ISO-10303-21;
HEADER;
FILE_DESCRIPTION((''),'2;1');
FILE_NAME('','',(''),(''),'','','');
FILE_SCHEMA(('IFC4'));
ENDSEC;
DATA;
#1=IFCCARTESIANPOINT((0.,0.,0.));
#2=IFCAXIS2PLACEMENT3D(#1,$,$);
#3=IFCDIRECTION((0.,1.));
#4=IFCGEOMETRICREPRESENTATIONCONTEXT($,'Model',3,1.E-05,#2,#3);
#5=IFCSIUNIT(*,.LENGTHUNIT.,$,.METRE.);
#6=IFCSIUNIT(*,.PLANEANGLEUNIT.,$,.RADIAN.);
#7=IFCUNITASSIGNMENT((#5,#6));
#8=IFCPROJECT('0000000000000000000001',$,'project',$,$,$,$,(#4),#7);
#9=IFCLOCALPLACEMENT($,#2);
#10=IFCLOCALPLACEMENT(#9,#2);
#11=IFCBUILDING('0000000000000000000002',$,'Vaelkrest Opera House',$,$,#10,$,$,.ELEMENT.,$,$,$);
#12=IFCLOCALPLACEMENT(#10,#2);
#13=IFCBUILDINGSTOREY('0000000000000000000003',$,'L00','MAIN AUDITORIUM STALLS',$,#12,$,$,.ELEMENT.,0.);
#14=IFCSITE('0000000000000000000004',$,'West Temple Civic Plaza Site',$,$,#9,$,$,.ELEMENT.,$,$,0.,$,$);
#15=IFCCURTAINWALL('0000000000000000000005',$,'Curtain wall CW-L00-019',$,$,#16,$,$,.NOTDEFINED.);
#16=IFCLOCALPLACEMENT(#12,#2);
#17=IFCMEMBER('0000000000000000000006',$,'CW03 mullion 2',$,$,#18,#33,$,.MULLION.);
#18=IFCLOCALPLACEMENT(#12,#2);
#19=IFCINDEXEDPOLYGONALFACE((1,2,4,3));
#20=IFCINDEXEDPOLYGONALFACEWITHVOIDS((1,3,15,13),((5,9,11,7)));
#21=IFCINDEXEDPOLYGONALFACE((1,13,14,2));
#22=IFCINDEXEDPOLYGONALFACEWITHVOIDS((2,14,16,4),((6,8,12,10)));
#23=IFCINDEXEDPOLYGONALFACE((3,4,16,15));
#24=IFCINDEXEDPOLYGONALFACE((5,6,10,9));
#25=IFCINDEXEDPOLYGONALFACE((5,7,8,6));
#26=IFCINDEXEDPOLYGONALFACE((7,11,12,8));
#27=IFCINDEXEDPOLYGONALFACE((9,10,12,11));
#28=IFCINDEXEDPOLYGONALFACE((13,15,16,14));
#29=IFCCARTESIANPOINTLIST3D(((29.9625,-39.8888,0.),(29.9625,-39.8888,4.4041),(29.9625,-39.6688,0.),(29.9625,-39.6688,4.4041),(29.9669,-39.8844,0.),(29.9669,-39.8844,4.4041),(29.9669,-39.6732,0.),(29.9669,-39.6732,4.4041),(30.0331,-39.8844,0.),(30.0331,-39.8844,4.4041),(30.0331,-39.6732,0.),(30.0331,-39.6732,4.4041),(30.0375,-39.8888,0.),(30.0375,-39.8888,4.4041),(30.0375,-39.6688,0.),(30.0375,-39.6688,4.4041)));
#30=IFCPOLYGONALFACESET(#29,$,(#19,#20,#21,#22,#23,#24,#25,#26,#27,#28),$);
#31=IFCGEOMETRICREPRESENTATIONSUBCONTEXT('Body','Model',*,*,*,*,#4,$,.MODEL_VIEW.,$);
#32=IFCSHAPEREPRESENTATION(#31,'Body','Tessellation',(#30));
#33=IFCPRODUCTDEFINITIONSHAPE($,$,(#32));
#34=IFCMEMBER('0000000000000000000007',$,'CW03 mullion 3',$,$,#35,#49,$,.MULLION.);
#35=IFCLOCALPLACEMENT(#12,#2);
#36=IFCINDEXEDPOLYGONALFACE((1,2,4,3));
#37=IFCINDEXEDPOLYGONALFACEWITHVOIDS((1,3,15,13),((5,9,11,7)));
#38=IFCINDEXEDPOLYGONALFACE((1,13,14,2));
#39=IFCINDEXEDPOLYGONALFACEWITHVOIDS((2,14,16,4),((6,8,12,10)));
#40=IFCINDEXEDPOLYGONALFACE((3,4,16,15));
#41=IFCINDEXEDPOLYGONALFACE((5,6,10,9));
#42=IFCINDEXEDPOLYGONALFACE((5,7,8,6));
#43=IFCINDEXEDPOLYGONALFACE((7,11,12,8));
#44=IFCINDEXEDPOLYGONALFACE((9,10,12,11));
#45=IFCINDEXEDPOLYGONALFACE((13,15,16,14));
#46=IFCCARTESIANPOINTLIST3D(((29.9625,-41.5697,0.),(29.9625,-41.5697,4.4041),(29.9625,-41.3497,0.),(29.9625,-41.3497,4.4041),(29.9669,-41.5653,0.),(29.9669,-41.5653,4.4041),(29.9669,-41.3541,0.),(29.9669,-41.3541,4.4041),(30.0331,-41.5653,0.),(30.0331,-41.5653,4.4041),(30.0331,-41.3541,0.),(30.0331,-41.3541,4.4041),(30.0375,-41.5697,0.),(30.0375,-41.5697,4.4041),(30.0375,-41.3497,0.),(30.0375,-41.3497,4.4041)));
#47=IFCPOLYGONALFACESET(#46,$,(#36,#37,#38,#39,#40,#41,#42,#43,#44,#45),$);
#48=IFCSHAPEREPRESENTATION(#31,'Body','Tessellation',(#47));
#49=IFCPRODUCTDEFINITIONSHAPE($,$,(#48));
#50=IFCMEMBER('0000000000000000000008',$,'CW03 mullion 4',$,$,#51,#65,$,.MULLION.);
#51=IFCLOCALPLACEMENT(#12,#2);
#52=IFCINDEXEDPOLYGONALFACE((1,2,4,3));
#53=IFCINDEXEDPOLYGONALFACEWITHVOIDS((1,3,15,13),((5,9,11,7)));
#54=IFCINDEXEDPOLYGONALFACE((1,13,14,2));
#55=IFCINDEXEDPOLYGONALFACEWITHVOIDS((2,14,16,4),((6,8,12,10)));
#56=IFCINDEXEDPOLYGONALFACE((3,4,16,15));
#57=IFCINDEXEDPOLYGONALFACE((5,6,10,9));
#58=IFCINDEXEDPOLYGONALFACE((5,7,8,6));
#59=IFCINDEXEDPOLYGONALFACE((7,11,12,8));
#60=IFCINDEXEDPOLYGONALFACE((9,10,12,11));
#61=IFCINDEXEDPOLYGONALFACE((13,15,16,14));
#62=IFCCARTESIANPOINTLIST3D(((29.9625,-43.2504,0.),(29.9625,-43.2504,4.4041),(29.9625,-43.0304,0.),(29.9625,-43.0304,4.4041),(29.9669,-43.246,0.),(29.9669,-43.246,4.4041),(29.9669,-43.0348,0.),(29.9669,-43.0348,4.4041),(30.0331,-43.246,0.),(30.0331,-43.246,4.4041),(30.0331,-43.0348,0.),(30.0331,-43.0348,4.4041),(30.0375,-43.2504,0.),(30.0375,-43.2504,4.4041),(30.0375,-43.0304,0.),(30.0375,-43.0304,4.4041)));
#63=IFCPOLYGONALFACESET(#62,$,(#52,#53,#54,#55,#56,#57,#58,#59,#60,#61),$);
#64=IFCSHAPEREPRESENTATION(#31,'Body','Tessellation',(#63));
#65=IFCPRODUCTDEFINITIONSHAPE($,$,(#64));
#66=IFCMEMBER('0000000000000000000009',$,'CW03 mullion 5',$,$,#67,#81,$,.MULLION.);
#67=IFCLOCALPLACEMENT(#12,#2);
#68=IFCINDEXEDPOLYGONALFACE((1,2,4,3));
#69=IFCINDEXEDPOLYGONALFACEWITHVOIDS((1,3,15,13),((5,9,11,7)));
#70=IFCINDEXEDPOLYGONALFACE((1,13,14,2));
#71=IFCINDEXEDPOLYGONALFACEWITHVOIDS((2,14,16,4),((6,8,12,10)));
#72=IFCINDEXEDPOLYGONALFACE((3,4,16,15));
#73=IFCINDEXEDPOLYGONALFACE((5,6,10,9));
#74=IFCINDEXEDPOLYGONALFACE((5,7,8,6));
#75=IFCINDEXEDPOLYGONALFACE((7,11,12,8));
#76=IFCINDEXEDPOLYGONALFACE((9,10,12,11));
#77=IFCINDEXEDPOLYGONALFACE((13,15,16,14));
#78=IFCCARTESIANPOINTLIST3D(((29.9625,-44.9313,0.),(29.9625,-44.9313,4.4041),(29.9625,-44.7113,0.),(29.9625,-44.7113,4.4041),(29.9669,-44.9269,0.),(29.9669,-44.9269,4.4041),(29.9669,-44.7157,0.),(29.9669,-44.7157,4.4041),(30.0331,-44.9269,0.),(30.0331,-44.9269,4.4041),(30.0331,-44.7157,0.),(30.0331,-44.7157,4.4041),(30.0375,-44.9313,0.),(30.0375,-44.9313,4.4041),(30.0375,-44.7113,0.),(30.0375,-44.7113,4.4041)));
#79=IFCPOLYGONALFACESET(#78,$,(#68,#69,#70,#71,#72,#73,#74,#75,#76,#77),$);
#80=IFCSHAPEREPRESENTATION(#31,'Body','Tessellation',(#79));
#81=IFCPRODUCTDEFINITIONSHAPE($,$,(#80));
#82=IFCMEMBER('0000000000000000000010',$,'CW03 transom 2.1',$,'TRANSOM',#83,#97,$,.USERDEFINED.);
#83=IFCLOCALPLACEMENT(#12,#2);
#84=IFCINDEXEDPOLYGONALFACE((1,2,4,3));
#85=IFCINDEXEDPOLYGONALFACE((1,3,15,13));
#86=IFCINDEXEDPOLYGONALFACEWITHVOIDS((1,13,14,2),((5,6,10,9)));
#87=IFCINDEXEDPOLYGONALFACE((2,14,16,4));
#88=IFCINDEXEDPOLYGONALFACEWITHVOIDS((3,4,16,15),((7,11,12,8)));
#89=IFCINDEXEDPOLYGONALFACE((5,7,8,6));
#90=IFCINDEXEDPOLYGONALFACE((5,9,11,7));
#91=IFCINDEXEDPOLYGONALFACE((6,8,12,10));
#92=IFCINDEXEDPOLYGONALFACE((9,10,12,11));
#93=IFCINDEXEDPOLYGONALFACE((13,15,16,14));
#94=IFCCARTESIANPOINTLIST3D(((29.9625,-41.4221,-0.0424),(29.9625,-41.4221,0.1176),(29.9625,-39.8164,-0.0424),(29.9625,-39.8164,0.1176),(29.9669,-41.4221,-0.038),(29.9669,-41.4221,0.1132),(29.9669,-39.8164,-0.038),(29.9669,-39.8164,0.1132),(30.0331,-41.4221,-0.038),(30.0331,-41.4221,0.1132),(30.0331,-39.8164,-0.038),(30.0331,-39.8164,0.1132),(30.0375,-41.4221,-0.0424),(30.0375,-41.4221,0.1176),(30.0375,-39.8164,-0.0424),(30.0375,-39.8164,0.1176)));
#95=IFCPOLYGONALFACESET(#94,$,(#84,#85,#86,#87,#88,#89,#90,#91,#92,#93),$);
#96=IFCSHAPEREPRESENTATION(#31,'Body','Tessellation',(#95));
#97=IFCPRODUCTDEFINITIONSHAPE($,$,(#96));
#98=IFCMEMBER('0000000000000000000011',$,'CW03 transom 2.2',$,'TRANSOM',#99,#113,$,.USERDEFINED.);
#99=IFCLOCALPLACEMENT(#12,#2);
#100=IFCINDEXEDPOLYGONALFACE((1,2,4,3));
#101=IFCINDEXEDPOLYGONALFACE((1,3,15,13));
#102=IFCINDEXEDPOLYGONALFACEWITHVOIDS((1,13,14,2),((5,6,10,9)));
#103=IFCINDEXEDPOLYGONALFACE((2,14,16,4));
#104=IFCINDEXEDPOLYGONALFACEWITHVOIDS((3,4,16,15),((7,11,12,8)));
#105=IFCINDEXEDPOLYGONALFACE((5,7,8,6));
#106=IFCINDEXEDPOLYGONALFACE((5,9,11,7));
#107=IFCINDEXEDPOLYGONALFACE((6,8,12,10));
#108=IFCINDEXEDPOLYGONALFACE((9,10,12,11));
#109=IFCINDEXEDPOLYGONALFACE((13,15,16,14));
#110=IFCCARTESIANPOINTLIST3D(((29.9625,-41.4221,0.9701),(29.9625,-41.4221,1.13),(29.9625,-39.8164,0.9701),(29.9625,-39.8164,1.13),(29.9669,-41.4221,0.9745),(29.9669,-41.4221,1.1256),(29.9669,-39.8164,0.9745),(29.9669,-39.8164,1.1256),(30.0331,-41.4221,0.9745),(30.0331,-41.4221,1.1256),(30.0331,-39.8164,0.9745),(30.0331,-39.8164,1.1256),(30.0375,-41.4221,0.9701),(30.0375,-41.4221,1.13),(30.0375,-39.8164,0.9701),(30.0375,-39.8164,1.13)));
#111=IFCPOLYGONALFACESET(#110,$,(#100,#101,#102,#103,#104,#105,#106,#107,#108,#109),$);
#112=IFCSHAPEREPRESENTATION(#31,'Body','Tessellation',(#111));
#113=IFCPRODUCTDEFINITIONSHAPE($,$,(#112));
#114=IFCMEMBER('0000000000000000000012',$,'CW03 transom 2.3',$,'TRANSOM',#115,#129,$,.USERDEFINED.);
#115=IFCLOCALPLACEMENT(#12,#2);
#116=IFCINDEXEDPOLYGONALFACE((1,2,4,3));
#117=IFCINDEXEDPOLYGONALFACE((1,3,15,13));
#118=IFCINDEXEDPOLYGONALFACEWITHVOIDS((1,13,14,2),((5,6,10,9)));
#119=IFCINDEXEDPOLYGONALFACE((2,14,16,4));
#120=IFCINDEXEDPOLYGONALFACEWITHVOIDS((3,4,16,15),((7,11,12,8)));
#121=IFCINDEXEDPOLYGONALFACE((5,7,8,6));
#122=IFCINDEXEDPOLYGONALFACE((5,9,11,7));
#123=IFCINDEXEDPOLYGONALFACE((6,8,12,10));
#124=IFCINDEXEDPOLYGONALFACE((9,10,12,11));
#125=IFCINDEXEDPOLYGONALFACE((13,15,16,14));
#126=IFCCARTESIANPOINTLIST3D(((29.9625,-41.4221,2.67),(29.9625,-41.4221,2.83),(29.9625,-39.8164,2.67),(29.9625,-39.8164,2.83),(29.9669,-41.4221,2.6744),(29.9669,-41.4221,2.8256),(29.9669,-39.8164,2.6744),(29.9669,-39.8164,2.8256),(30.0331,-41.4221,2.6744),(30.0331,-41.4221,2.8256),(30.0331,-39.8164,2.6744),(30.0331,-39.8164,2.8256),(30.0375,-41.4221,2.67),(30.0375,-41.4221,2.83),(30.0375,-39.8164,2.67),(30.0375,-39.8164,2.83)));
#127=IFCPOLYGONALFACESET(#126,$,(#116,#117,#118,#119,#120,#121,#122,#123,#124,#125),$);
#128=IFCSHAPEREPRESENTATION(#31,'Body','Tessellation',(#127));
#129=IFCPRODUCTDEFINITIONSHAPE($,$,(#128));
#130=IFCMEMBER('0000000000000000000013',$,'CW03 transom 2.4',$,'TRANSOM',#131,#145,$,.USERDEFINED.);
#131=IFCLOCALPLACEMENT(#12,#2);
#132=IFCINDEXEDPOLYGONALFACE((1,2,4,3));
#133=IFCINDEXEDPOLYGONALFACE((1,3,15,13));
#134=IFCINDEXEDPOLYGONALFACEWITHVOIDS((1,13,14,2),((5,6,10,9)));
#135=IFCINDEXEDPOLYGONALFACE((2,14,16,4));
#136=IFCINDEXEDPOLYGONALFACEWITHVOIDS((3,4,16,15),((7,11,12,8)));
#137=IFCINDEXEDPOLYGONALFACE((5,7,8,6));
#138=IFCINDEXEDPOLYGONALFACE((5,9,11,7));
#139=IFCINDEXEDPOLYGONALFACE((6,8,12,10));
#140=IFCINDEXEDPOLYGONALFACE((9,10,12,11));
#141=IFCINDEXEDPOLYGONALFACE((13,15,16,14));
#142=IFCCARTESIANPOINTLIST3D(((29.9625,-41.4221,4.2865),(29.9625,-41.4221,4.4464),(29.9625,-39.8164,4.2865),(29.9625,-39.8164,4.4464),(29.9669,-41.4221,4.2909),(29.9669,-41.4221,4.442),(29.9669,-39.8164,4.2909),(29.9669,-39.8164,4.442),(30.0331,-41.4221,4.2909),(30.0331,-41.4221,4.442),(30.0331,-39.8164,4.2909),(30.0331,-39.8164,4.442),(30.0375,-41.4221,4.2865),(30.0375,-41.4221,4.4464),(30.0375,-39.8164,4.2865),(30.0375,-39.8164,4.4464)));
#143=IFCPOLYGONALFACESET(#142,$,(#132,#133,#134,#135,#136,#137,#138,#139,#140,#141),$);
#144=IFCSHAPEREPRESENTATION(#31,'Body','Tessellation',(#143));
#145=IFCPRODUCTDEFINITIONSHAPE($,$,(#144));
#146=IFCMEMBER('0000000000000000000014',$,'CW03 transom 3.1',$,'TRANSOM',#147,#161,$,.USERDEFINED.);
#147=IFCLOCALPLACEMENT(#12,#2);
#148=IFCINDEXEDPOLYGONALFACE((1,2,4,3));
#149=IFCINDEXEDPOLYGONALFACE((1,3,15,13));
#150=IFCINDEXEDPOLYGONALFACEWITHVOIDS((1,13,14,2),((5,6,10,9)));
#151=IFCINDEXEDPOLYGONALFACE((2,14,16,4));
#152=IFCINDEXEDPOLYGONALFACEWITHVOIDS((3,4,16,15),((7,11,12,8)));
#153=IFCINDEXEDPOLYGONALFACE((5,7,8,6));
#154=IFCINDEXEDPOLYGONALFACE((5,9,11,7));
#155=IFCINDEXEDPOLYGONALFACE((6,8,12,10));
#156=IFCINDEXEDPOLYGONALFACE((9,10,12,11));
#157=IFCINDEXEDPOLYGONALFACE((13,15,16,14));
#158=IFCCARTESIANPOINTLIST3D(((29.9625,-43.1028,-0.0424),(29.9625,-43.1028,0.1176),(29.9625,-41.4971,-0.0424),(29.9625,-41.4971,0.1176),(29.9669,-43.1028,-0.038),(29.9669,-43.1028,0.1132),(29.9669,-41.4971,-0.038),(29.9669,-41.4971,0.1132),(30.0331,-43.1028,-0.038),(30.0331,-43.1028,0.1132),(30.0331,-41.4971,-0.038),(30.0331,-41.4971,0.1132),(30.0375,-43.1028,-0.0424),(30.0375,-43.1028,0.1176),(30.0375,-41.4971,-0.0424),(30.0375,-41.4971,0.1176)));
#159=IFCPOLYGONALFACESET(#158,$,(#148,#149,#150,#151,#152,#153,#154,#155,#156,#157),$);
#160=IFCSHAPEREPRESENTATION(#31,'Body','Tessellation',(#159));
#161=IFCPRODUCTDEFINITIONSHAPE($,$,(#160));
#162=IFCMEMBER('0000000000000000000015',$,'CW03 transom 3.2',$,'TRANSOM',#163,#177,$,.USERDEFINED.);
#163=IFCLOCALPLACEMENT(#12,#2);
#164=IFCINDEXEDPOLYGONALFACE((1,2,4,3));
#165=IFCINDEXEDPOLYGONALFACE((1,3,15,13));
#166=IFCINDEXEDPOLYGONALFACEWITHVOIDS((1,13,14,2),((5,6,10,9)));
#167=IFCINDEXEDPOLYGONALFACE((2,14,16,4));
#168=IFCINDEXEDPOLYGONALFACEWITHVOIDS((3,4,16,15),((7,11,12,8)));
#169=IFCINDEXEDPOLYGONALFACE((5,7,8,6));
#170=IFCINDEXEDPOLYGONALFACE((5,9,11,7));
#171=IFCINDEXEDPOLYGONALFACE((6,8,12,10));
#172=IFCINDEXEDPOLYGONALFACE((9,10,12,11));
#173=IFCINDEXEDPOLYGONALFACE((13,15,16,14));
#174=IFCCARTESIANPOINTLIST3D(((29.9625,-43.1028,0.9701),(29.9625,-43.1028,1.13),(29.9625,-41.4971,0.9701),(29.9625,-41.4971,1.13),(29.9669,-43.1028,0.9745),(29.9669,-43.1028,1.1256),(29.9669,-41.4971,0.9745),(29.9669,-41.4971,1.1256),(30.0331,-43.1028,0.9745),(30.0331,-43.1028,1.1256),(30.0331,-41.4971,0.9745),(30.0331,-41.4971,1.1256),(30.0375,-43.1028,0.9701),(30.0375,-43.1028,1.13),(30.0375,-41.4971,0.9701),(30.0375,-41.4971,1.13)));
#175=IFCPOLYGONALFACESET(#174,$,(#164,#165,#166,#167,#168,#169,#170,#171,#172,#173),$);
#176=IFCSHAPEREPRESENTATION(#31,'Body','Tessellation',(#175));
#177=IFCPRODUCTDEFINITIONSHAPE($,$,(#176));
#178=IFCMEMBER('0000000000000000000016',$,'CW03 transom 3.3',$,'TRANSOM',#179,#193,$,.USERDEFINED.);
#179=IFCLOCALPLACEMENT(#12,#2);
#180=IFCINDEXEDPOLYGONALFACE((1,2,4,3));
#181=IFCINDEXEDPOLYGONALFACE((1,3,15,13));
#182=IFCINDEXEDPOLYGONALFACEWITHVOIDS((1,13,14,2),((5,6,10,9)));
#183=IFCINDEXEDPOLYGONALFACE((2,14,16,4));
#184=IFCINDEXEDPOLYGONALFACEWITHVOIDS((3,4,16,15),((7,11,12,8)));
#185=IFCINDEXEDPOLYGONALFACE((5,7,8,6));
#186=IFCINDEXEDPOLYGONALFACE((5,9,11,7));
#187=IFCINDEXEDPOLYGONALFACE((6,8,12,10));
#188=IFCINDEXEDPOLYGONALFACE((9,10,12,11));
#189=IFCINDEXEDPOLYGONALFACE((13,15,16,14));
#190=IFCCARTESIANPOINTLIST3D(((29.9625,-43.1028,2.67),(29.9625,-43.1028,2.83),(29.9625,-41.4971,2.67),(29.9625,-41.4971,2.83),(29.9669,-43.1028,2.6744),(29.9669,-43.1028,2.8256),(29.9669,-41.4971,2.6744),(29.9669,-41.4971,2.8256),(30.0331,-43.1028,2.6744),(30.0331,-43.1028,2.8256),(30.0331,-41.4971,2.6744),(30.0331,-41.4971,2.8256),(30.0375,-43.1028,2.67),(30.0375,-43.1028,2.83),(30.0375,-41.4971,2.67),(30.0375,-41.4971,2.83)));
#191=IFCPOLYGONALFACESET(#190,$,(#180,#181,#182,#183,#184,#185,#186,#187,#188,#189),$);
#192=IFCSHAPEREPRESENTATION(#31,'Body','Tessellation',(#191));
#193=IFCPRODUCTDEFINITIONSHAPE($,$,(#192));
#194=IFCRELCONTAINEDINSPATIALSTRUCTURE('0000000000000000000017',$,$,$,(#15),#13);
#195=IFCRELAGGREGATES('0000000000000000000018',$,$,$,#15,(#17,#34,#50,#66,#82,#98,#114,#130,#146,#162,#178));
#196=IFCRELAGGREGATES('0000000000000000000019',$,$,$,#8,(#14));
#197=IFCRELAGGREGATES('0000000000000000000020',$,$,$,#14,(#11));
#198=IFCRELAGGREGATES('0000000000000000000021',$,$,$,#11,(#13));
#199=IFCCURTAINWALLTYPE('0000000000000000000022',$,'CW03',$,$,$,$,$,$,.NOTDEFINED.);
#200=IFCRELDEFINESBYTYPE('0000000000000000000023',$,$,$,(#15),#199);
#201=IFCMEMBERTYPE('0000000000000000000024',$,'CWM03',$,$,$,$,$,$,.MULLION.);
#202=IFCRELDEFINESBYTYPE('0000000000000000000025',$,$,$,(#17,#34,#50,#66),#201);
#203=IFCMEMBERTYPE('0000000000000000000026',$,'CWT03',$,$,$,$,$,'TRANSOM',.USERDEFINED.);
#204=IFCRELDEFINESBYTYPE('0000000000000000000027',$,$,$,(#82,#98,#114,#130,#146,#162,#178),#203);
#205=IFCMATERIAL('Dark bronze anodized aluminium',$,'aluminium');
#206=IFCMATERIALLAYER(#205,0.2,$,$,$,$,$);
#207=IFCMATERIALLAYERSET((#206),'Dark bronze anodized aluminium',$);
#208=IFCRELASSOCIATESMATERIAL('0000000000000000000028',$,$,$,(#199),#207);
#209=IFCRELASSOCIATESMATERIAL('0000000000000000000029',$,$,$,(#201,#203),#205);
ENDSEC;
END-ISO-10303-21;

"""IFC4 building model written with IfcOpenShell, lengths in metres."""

from ifc_helpers import new_model, si_unit, direction, frame, origin, origin_2d, place, context, subcontext, project, spatial, hollow_rectangle, extrude, material, layer, layer_set, material_profile, profile_set, type_object, element, aggregate, save


model = new_model("IFC4")

# Units and contexts
model_context = context("Model", 3, precision=1e-05, world=origin(), true_north=direction((0.0, 1.0)))
body_context = subcontext(model_context, "Body", "Model", "MODEL_VIEW")
ifc_project = project(units=[si_unit("LENGTHUNIT", "METRE"), si_unit("PLANEANGLEUNIT", "RADIAN")], contexts=[model_context])

# Site, building, storey
site_placement = place(None, origin())
site = spatial("IfcSite", under=ifc_project, at=site_placement, Name="West Temple Civic Plaza Site", CompositionType="ELEMENT", RefElevation=0.0)
building_placement = place(site_placement, origin())
building = spatial("IfcBuilding", under=site, at=building_placement, Name="Vaelkrest Opera House", CompositionType="ELEMENT")
storey_placement = place(building_placement, origin())
storey = spatial("IfcBuildingStorey", under=building, at=storey_placement, Name="L00", Description="MAIN AUDITORIUM STALLS", CompositionType="ELEMENT", Elevation=0.0)

# Curtain wall, members
ifc_material_1 = material(Name="Dark bronze anodized aluminium", Category="aluminium")
ifc_layer_1 = layer(ifc_material_1, 0.2)
ifc_layer_set_1 = layer_set([ifc_layer_1], Name="Dark bronze anodized aluminium")
curtain_wall_type = type_object("IfcCurtainWallType", Name="CW03", PredefinedType="NOTDEFINED", material=ifc_layer_set_1)
curtain_wall_placement = place(storey_placement, origin())
curtain_wall = element("IfcCurtainWall", 1, at=curtain_wall_placement, inside=storey, type_object=curtain_wall_type, Name="Curtain wall CW-L00-019", PredefinedType="NOTDEFINED")
ifc_material_profile_1 = material_profile(ifc_material_1, hollow_rectangle(XDim=0.075, YDim=0.22, WallThickness=0.0044, at=origin_2d()), Name="CWM75X220")
ifc_profile_set_1 = profile_set([ifc_material_profile_1], Name="Dark bronze anodized aluminium")
member_type_1 = type_object("IfcMemberType", Name="CWM03", PredefinedType="MULLION", material=ifc_profile_set_1)
member_1_placement = place(storey_placement, frame((30.0, -39.7788, 0.0), z_axis=(0.0, 0.0, 1.0), x_axis=(1.0, 0.0, 0.0)))
member_1 = element("IfcMember", 2, at=member_1_placement, type_object=member_type_1, Name="CW03 mullion 2", PredefinedType="MULLION", context=body_context, shape_type="SweptSolid", body=[
    extrude(hollow_rectangle(XDim=0.075, YDim=0.22, WallThickness=0.0044, at=origin_2d()), origin(), (0.0, 0.0, 1.0), 4.4041),
])
member_2_placement = place(storey_placement, frame((30.0, -41.4597, 0.0), z_axis=(0.0, 0.0, 1.0), x_axis=(1.0, 0.0, 0.0)))
member_2 = element("IfcMember", 3, at=member_2_placement, type_object=member_type_1, Name="CW03 mullion 3", PredefinedType="MULLION", context=body_context, shape_type="SweptSolid", body=[
    extrude(hollow_rectangle(XDim=0.075, YDim=0.22, WallThickness=0.0044, at=origin_2d()), origin(), (0.0, 0.0, 1.0), 4.4041),
])
member_3_placement = place(storey_placement, frame((30.0, -43.1404, 0.0), z_axis=(0.0, 0.0, 1.0), x_axis=(1.0, 0.0, 0.0)))
member_3 = element("IfcMember", 4, at=member_3_placement, type_object=member_type_1, Name="CW03 mullion 4", PredefinedType="MULLION", context=body_context, shape_type="SweptSolid", body=[
    extrude(hollow_rectangle(XDim=0.075, YDim=0.22, WallThickness=0.0044, at=origin_2d()), origin(), (0.0, 0.0, 1.0), 4.4041),
])
member_4_placement = place(storey_placement, frame((30.0, -44.8213, 0.0), z_axis=(0.0, 0.0, 1.0), x_axis=(1.0, 0.0, 0.0)))
member_4 = element("IfcMember", 5, at=member_4_placement, type_object=member_type_1, Name="CW03 mullion 5", PredefinedType="MULLION", context=body_context, shape_type="SweptSolid", body=[
    extrude(hollow_rectangle(XDim=0.075, YDim=0.22, WallThickness=0.0044, at=origin_2d()), origin(), (0.0, 0.0, 1.0), 4.4041),
])
ifc_material_profile_2 = material_profile(ifc_material_1, hollow_rectangle(XDim=0.075, YDim=0.1599, WallThickness=0.0044, at=origin_2d()), Name="CWT75X160")
ifc_profile_set_2 = profile_set([ifc_material_profile_2], Name="Dark bronze anodized aluminium")
member_type_2 = type_object("IfcMemberType", Name="CWT03", ElementType="TRANSOM", PredefinedType="USERDEFINED", material=ifc_profile_set_2)
member_5_placement = place(storey_placement, frame((30.0, -39.8164, 0.0376), z_axis=(0.0, -1.0, 0.0), x_axis=(1.0, 0.0, 0.0)))
member_5 = element("IfcMember", 6, at=member_5_placement, type_object=member_type_2, Name="CW03 transom 2.1", ObjectType="TRANSOM", PredefinedType="USERDEFINED", context=body_context, shape_type="SweptSolid", body=[
    extrude(hollow_rectangle(XDim=0.075, YDim=0.1599, WallThickness=0.0044, at=origin_2d()), origin(), (0.0, 0.0, 1.0), 1.6057),
])
member_6_placement = place(storey_placement, frame((30.0, -39.8164, 1.05), z_axis=(0.0, -1.0, 0.0), x_axis=(1.0, 0.0, 0.0)))
member_6 = element("IfcMember", 7, at=member_6_placement, type_object=member_type_2, Name="CW03 transom 2.2", ObjectType="TRANSOM", PredefinedType="USERDEFINED", context=body_context, shape_type="SweptSolid", body=[
    extrude(hollow_rectangle(XDim=0.075, YDim=0.1599, WallThickness=0.0044, at=origin_2d()), origin(), (0.0, 0.0, 1.0), 1.6057),
])
member_7_placement = place(storey_placement, frame((30.0, -39.8164, 2.75), z_axis=(0.0, -1.0, 0.0), x_axis=(1.0, 0.0, 0.0)))
member_7 = element("IfcMember", 8, at=member_7_placement, type_object=member_type_2, Name="CW03 transom 2.3", ObjectType="TRANSOM", PredefinedType="USERDEFINED", context=body_context, shape_type="SweptSolid", body=[
    extrude(hollow_rectangle(XDim=0.075, YDim=0.1599, WallThickness=0.0044, at=origin_2d()), origin(), (0.0, 0.0, 1.0), 1.6057),
])
member_8_placement = place(storey_placement, frame((30.0, -39.8164, 4.3665), z_axis=(0.0, -1.0, 0.0), x_axis=(1.0, 0.0, 0.0)))
member_8 = element("IfcMember", 9, at=member_8_placement, type_object=member_type_2, Name="CW03 transom 2.4", ObjectType="TRANSOM", PredefinedType="USERDEFINED", context=body_context, shape_type="SweptSolid", body=[
    extrude(hollow_rectangle(XDim=0.075, YDim=0.1599, WallThickness=0.0044, at=origin_2d()), origin(), (0.0, 0.0, 1.0), 1.6057),
])
member_9_placement = place(storey_placement, frame((30.0, -41.4971, 0.0376), z_axis=(0.0, -1.0, 0.0), x_axis=(1.0, 0.0, 0.0)))
member_9 = element("IfcMember", 10, at=member_9_placement, type_object=member_type_2, Name="CW03 transom 3.1", ObjectType="TRANSOM", PredefinedType="USERDEFINED", context=body_context, shape_type="SweptSolid", body=[
    extrude(hollow_rectangle(XDim=0.075, YDim=0.1599, WallThickness=0.0044, at=origin_2d()), origin(), (0.0, 0.0, 1.0), 1.6057),
])
member_10_placement = place(storey_placement, frame((30.0, -41.4971, 1.05), z_axis=(0.0, -1.0, 0.0), x_axis=(1.0, 0.0, 0.0)))
member_10 = element("IfcMember", 11, at=member_10_placement, type_object=member_type_2, Name="CW03 transom 3.2", ObjectType="TRANSOM", PredefinedType="USERDEFINED", context=body_context, shape_type="SweptSolid", body=[
    extrude(hollow_rectangle(XDim=0.075, YDim=0.1599, WallThickness=0.0044, at=origin_2d()), origin(), (0.0, 0.0, 1.0), 1.6057),
])
member_11_placement = place(storey_placement, frame((30.0, -41.4971, 2.75), z_axis=(0.0, -1.0, 0.0), x_axis=(1.0, 0.0, 0.0)))
member_11 = element("IfcMember", 12, at=member_11_placement, type_object=member_type_2, Name="CW03 transom 3.3", ObjectType="TRANSOM", PredefinedType="USERDEFINED", context=body_context, shape_type="SweptSolid", body=[
    extrude(hollow_rectangle(XDim=0.075, YDim=0.1599, WallThickness=0.0044, at=origin_2d()), origin(), (0.0, 0.0, 1.0), 1.6057),
])
aggregate(curtain_wall, [member_1, member_2, member_3, member_4, member_5, member_6, member_7, member_8, member_9, member_10, member_11])

save(model, "model.ifc")
